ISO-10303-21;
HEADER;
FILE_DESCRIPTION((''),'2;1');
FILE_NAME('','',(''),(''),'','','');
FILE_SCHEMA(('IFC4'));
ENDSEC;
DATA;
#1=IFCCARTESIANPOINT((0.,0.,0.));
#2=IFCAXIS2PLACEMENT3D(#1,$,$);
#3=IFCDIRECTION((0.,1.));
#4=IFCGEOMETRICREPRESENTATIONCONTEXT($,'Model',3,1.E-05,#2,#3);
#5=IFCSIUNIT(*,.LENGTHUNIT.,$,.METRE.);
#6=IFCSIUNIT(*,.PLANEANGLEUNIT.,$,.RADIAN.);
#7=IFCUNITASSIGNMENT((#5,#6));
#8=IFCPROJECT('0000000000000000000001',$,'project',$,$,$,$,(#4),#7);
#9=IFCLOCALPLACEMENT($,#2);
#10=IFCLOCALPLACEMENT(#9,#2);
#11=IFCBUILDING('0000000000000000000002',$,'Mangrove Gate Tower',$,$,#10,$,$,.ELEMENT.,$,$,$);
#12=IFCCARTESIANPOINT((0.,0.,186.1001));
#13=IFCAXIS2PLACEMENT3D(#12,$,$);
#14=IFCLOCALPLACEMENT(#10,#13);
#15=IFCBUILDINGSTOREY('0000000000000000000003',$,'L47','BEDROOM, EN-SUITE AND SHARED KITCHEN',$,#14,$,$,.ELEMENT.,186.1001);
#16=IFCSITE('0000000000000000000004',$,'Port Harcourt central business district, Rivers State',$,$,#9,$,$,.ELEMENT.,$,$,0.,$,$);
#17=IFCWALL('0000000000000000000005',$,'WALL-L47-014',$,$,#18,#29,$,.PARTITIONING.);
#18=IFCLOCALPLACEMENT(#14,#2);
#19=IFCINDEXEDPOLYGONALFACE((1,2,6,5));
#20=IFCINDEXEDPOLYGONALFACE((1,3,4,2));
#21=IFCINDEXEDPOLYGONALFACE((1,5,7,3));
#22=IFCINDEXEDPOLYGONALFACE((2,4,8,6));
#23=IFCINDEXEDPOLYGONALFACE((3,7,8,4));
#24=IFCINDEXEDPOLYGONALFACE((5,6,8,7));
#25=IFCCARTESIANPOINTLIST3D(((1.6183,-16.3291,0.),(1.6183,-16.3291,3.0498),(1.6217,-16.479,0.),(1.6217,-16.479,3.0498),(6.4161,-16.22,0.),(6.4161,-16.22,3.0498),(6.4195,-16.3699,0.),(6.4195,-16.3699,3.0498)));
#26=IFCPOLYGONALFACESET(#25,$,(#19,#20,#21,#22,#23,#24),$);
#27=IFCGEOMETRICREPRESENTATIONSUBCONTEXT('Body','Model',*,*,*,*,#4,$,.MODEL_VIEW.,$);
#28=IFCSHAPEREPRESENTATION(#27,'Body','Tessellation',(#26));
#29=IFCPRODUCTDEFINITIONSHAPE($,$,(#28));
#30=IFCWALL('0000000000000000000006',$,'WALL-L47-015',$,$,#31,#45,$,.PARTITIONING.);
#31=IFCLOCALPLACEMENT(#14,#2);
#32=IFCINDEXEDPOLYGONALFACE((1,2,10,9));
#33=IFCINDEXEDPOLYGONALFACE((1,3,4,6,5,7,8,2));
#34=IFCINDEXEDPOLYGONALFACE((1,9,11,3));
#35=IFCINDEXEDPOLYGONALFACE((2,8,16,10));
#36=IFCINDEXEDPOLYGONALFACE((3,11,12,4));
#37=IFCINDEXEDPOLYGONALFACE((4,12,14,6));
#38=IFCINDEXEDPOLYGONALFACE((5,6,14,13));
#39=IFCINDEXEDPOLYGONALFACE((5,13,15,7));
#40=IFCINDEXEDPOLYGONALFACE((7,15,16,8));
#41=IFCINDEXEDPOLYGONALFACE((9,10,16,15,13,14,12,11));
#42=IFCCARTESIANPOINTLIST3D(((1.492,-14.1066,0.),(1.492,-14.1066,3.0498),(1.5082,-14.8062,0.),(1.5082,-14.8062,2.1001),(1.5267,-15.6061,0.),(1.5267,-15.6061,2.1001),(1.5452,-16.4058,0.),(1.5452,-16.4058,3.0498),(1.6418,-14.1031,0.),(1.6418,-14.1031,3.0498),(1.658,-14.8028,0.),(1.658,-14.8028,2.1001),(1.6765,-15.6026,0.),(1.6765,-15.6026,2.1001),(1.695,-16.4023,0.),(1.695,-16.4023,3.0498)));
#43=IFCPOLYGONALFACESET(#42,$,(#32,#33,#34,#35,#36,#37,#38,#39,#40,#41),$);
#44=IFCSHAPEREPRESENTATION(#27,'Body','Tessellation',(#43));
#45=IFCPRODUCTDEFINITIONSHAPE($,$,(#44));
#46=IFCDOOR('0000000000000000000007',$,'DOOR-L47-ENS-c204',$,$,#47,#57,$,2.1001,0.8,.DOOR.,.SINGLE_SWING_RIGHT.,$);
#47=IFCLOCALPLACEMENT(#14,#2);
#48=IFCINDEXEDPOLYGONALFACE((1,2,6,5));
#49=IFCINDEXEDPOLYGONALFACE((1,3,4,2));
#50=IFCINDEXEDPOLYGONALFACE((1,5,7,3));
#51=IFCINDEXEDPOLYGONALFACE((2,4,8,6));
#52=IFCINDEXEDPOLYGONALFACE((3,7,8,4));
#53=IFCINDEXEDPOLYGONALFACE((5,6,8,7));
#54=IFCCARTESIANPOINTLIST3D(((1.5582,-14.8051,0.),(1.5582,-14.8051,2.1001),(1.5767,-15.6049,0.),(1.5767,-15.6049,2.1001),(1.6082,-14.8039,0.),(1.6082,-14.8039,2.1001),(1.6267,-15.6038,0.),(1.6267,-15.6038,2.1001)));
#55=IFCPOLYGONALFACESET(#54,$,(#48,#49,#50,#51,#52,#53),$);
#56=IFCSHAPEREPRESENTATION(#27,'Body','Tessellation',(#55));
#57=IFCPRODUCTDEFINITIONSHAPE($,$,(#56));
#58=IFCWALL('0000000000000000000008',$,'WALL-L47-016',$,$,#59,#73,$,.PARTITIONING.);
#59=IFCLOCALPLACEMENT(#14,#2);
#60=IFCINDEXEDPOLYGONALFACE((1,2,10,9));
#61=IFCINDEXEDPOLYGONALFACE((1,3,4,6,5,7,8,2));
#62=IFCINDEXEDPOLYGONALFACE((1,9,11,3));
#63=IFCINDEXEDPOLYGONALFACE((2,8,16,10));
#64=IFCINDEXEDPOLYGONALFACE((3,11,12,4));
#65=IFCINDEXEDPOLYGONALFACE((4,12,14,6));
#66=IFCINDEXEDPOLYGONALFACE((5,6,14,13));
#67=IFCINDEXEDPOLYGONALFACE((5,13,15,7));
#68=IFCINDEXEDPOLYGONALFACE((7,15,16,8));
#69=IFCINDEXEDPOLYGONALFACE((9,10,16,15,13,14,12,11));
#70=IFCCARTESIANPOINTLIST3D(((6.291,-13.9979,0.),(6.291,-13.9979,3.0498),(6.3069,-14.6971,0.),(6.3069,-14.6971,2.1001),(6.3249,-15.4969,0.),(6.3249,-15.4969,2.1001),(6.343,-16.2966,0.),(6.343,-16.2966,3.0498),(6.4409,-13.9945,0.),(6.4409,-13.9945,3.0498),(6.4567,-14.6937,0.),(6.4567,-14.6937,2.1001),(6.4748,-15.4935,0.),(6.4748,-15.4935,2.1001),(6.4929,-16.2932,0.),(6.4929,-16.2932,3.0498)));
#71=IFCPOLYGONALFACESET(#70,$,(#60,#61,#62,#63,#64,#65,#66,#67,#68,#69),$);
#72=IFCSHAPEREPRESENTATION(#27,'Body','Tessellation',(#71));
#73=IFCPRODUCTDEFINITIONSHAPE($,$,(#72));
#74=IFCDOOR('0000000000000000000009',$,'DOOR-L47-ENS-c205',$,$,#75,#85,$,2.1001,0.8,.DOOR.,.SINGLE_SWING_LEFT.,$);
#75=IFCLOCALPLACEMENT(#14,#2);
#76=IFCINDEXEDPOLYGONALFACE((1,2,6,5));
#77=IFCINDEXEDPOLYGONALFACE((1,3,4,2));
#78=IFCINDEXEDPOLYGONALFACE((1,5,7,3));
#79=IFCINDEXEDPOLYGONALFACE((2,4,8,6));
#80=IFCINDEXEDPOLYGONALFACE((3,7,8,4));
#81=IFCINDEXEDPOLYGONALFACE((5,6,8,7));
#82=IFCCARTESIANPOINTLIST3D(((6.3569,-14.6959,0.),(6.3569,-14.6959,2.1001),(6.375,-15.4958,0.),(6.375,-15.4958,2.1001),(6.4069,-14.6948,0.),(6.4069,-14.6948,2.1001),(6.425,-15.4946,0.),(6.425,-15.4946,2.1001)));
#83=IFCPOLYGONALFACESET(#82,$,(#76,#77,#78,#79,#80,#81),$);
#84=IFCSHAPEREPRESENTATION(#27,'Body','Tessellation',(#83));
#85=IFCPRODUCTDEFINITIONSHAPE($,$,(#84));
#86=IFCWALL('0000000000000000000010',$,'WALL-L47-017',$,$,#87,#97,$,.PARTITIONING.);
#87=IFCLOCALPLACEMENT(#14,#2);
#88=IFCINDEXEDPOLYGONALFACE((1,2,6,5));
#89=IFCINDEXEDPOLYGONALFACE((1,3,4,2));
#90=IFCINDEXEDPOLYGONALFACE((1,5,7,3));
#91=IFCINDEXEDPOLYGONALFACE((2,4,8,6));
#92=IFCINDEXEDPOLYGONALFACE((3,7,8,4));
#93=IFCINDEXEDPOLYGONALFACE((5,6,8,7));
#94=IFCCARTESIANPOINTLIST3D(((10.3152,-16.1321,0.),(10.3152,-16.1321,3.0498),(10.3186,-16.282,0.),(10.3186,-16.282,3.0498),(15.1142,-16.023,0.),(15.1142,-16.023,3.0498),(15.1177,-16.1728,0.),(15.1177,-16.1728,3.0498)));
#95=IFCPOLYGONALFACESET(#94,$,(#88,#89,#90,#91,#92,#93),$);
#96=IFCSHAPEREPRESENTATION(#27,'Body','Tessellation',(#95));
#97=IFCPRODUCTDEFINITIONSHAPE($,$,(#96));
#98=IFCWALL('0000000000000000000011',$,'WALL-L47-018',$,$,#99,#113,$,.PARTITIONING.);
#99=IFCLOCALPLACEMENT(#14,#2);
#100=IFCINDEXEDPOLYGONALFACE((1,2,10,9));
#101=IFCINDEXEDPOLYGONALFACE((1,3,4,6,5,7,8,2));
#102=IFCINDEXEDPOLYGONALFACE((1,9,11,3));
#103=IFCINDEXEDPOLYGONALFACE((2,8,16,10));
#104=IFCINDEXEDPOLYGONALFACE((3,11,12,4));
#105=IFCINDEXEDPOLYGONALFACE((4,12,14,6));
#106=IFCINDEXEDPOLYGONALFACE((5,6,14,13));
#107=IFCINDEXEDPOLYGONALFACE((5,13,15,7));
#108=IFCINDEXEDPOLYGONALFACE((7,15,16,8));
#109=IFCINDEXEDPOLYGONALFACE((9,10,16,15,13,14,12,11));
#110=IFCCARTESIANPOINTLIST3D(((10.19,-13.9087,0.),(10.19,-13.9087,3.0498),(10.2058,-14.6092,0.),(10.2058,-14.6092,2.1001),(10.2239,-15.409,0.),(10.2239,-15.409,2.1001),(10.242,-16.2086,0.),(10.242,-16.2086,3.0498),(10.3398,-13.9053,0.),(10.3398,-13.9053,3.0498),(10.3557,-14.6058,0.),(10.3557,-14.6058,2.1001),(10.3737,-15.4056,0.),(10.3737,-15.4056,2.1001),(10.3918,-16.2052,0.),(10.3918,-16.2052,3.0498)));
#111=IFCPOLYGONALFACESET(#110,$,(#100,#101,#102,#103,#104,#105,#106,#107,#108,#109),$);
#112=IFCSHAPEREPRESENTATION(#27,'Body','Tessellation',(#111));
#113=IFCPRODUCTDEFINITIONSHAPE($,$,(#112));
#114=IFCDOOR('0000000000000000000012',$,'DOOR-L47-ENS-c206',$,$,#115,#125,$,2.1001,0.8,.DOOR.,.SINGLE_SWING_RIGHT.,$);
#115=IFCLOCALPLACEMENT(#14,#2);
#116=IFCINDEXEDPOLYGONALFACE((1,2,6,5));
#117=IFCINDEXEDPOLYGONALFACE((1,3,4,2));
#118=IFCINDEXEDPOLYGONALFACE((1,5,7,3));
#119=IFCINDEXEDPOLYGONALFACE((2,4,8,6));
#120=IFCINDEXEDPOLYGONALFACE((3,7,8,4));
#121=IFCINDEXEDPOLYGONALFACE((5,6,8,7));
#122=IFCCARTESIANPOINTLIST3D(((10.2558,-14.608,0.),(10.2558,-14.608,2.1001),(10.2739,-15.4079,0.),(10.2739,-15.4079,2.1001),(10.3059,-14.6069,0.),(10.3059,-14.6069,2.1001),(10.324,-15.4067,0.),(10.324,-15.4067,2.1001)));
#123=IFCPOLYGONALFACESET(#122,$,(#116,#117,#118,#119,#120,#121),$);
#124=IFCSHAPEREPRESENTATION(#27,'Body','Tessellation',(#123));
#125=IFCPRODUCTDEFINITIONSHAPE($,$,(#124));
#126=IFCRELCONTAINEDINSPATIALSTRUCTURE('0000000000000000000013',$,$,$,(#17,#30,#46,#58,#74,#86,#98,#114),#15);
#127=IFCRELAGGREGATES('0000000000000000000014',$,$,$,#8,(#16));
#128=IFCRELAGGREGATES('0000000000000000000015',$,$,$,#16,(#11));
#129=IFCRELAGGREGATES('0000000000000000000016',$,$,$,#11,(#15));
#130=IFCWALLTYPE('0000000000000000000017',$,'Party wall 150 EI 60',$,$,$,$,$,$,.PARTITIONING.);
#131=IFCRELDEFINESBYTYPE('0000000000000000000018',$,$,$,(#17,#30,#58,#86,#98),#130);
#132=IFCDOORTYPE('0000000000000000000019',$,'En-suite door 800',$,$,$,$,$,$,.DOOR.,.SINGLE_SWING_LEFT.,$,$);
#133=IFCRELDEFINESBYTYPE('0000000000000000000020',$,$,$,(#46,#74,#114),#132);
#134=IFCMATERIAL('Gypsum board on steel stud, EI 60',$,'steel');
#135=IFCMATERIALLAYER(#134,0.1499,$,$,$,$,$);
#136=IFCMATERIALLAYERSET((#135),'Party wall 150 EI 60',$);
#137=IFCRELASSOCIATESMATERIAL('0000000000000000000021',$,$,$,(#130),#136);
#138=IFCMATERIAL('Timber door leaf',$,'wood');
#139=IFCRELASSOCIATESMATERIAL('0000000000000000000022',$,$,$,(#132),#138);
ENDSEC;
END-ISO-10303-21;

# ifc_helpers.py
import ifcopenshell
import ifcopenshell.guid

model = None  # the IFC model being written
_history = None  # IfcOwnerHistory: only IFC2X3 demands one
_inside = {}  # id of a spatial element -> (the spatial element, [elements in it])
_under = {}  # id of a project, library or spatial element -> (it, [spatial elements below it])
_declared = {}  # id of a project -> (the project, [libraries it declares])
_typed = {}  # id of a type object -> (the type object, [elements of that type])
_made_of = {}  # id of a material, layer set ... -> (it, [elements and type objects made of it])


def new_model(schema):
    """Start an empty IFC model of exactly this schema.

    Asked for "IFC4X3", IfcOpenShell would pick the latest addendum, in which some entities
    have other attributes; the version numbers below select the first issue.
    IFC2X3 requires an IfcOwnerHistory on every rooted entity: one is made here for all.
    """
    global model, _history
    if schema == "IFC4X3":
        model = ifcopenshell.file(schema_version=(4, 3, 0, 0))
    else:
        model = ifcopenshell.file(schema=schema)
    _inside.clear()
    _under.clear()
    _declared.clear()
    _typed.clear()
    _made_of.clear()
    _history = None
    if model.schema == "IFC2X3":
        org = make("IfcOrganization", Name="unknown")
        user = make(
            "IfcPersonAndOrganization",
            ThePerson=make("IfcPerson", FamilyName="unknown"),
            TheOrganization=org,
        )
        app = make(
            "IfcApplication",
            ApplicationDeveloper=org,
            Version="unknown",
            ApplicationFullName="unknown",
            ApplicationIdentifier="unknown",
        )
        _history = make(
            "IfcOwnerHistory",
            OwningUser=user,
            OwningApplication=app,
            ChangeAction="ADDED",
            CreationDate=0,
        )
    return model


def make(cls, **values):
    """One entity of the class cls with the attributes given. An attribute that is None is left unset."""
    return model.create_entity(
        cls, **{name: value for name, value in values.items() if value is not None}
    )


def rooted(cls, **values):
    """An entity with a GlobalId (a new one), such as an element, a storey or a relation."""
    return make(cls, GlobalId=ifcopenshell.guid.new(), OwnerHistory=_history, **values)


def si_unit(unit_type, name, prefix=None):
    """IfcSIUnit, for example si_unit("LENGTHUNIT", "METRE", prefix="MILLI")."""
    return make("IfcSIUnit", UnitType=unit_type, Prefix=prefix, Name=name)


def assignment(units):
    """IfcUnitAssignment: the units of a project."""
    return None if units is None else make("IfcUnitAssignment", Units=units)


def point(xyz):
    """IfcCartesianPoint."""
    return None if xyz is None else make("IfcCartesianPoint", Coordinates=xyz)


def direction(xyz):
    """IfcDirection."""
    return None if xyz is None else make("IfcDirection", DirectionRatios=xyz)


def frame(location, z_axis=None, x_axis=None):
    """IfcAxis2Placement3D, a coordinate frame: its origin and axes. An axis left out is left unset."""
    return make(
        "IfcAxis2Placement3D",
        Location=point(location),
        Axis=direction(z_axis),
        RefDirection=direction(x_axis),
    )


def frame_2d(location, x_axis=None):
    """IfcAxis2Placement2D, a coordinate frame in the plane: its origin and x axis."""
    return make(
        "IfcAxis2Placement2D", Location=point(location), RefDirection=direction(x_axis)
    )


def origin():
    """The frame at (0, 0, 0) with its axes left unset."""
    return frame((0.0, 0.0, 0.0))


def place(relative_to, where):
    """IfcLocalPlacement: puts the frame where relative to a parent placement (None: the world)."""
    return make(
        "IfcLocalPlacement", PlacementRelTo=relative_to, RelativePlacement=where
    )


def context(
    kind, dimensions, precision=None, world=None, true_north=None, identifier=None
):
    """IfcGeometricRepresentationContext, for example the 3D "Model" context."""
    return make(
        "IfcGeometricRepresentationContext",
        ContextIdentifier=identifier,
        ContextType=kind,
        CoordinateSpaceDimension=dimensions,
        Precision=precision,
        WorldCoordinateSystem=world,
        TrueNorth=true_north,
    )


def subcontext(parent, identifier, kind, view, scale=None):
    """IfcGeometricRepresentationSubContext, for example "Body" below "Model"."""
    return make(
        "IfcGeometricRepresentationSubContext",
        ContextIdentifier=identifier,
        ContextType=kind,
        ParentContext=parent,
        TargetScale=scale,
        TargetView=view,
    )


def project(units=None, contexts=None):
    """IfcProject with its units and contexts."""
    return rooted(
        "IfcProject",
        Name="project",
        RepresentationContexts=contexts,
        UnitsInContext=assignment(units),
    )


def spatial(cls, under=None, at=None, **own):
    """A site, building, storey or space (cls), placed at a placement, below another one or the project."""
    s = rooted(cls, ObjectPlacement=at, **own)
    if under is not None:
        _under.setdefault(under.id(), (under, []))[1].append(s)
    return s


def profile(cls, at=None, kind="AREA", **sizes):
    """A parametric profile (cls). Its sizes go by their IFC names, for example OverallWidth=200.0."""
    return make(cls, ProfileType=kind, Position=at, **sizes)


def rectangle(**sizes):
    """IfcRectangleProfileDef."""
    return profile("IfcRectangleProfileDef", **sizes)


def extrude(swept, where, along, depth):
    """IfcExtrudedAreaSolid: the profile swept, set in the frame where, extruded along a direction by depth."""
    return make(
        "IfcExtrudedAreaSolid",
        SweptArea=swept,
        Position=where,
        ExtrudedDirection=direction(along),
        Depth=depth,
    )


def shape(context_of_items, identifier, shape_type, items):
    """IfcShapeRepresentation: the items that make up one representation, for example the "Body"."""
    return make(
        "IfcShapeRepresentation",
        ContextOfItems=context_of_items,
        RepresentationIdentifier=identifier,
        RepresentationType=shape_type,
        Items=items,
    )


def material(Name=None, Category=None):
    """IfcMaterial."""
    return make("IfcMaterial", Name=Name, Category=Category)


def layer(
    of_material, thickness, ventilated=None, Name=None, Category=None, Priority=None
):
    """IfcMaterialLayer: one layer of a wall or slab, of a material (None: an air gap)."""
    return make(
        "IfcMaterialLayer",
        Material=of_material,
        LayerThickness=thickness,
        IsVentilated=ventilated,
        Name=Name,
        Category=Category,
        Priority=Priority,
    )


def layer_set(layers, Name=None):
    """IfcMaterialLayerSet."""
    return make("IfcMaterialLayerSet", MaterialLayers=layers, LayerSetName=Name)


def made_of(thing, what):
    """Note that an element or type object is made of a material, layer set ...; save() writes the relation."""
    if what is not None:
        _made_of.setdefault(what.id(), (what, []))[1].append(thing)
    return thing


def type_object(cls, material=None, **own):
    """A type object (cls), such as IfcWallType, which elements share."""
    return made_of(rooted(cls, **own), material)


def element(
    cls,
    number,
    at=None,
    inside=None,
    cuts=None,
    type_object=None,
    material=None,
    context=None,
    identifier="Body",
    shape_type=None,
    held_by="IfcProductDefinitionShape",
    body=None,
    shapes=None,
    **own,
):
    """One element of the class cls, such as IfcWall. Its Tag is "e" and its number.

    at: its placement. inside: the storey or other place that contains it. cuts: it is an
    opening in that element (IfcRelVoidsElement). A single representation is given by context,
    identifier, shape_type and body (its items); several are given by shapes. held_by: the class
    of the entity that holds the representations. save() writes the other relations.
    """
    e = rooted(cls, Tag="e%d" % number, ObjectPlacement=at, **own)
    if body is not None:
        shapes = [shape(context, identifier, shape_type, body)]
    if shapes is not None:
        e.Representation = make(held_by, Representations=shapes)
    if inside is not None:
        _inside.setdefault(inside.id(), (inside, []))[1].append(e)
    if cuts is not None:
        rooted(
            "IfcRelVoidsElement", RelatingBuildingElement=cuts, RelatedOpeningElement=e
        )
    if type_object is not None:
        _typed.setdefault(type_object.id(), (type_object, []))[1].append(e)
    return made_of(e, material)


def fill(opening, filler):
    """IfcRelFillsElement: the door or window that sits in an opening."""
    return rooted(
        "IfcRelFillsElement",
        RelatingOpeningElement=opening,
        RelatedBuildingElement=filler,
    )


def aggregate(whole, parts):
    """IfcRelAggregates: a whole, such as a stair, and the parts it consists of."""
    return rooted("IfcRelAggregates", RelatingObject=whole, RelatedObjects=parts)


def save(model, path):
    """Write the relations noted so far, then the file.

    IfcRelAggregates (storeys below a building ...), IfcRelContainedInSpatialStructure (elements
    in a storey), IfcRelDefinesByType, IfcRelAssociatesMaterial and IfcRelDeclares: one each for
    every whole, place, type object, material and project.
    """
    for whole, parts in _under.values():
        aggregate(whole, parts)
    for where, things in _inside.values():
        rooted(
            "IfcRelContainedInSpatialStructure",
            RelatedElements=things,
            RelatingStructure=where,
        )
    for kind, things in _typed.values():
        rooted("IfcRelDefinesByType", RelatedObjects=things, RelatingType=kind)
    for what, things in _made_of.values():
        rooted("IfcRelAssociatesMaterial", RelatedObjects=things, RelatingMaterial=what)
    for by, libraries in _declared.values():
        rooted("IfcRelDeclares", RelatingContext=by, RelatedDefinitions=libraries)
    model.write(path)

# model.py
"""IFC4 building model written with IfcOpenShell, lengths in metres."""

from ifc_helpers import new_model, si_unit, direction, frame, frame_2d, origin, place, context, subcontext, project, spatial, rectangle, extrude, material, layer, layer_set, type_object, element, fill, save


model = new_model("IFC4")

# Units and contexts
model_context = context("Model", 3, precision=1e-05, world=origin(), true_north=direction((0.0, 1.0)))
body_context = subcontext(model_context, "Body", "Model", "MODEL_VIEW")
ifc_project = project(units=[si_unit("LENGTHUNIT", "METRE"), si_unit("PLANEANGLEUNIT", "RADIAN")], contexts=[model_context])

# Site, building, storey
site_placement = place(None, origin())
site = spatial("IfcSite", under=ifc_project, at=site_placement, Name="Port Harcourt central business district, Rivers State", CompositionType="ELEMENT", RefElevation=0.0)
building_placement = place(site_placement, origin())
building = spatial("IfcBuilding", under=site, at=building_placement, Name="Mangrove Gate Tower", CompositionType="ELEMENT")
storey_placement = place(building_placement, frame((0.0, 0.0, 186.1001)))
storey = spatial("IfcBuildingStorey", under=building, at=storey_placement, Name="L47", Description="BEDROOM, EN-SUITE AND SHARED KITCHEN", CompositionType="ELEMENT", Elevation=186.1001)

# Wall
ifc_material_1 = material(Name="Gypsum board on steel stud, EI 60", Category="steel")
ifc_layer_1 = layer(ifc_material_1, 0.1499)
ifc_layer_set_1 = layer_set([ifc_layer_1], Name="Party wall 150 EI 60")
wall_type_1 = type_object("IfcWallType", Name="Party wall 150 EI 60", PredefinedType="PARTITIONING", material=ifc_layer_set_1)
wall_1_placement = place(storey_placement, frame((1.6201, -16.4041, 0.0), z_axis=(0.0, 0.0, 1.0), x_axis=(0.999741, 0.02274, 0.0)))
element("IfcWall", 1, at=wall_1_placement, inside=storey, type_object=wall_type_1, Name="WALL-L47-014", PredefinedType="PARTITIONING", context=body_context, shape_type="SweptSolid", body=[
    extrude(rectangle(XDim=4.7991, YDim=0.1499, at=frame_2d((2.3994, 0.0))), origin(), (0.0, 0.0, 1.0), 3.0498),
])

# Walls, openings, doors
wall_2_placement = place(storey_placement, frame((1.6201, -16.4041, 0.0), z_axis=(0.0, 0.0, 1.0), x_axis=(-0.023143, 0.999732, 0.0)))
wall_2 = element("IfcWall", 2, at=wall_2_placement, inside=storey, type_object=wall_type_1, Name="WALL-L47-015", PredefinedType="PARTITIONING", context=body_context, shape_type="SweptSolid", body=[
    extrude(rectangle(XDim=2.2998, YDim=0.1499, at=frame_2d((1.1499, 0.0))), origin(), (0.0, 0.0, 1.0), 3.0498),
])
opening_1_placement = place(wall_2_placement, frame((0.8, 0.0, 0.0)))
opening_1 = element("IfcOpeningElement", 3, at=opening_1_placement, cuts=wall_2, PredefinedType="OPENING", context=body_context, shape_type="SweptSolid", body=[
    extrude(rectangle(XDim=0.8, YDim=2.1001, at=frame_2d((0.3999, 1.05))), frame((0.0, 0.085, 0.0), z_axis=(0.0, -1.0, 0.0), x_axis=(1.0, 0.0, 0.0)), (0.0, 0.0, 1.0), 0.1699),
])
ifc_material_2 = material(Name="Timber door leaf", Category="wood")
door_type_1 = type_object("IfcDoorType", Name="En-suite door 800", OperationType="SINGLE_SWING_LEFT", PredefinedType="DOOR", material=ifc_material_2)
door_1_placement = place(opening_1_placement, origin())
door_1 = element("IfcDoor", 4, at=door_1_placement, inside=storey, type_object=door_type_1, Name="DOOR-L47-ENS-c204", OperationType="SINGLE_SWING_RIGHT", OverallHeight=2.1001, OverallWidth=0.8, PredefinedType="DOOR", context=body_context, shape_type="SweptSolid", body=[
    extrude(rectangle(XDim=0.8, YDim=2.1001, at=frame_2d((0.3999, 1.05))), frame((0.0, 0.0249, 0.0), z_axis=(0.0, -1.0, 0.0), x_axis=(1.0, 0.0, 0.0)), (0.0, 0.0, 1.0), 0.05),
])
fill(opening_1, door_1)
wall_3_placement = place(storey_placement, frame((6.418, -16.2949, 0.0), z_axis=(0.0, 0.0, 1.0), x_axis=(-0.022615, 0.999744, 0.0)))
wall_3 = element("IfcWall", 5, at=wall_3_placement, inside=storey, type_object=wall_type_1, Name="WALL-L47-016", PredefinedType="PARTITIONING", context=body_context, shape_type="SweptSolid", body=[
    extrude(rectangle(XDim=2.2993, YDim=0.1499, at=frame_2d((1.1497, 0.0))), origin(), (0.0, 0.0, 1.0), 3.0498),
])
opening_2_placement = place(wall_3_placement, frame((0.8, 0.0, 0.0)))
opening_2 = element("IfcOpeningElement", 6, at=opening_2_placement, cuts=wall_3, PredefinedType="OPENING", context=body_context, shape_type="SweptSolid", body=[
    extrude(rectangle(XDim=0.8, YDim=2.1001, at=frame_2d((0.3999, 1.05))), frame((0.0, 0.085, 0.0), z_axis=(0.0, -1.0, 0.0), x_axis=(1.0, 0.0, 0.0)), (0.0, 0.0, 1.0), 0.1699),
])
door_2_placement = place(opening_2_placement, origin())
door_2 = element("IfcDoor", 7, at=door_2_placement, inside=storey, type_object=door_type_1, Name="DOOR-L47-ENS-c205", OperationType="SINGLE_SWING_LEFT", OverallHeight=2.1001, OverallWidth=0.8, PredefinedType="DOOR", context=body_context, shape_type="SweptSolid", body=[
    extrude(rectangle(XDim=0.8, YDim=2.1001, at=frame_2d((0.3999, 1.05))), frame((0.0, 0.0249, 0.0), z_axis=(0.0, -1.0, 0.0), x_axis=(1.0, 0.0, 0.0)), (0.0, 0.0, 1.0), 0.05),
])
fill(opening_2, door_2)

# Wall
wall_4_placement = place(storey_placement, frame((10.3169, -16.207, 0.0), z_axis=(0.0, 0.0, 1.0), x_axis=(0.999742, 0.022734, 0.0)))
element("IfcWall", 8, at=wall_4_placement, inside=storey, type_object=wall_type_1, Name="WALL-L47-017", PredefinedType="PARTITIONING", context=body_context, shape_type="SweptSolid", body=[
    extrude(rectangle(XDim=4.8003, YDim=0.1499, at=frame_2d((2.4001, 0.0))), origin(), (0.0, 0.0, 1.0), 3.0498),
])

# Wall, opening, door
wall_5_placement = place(storey_placement, frame((10.3169, -16.207, 0.0), z_axis=(0.0, 0.0, 1.0), x_axis=(-0.022603, 0.999745, 0.0)))
wall_5 = element("IfcWall", 9, at=wall_5_placement, inside=storey, type_object=wall_type_1, Name="WALL-L47-018", PredefinedType="PARTITIONING", context=body_context, shape_type="SweptSolid", body=[
    extrude(rectangle(XDim=2.3005, YDim=0.1499, at=frame_2d((1.1504, 0.0))), origin(), (0.0, 0.0, 1.0), 3.0498),
])
opening_3_placement = place(wall_5_placement, frame((0.8, 0.0, 0.0)))
opening_3 = element("IfcOpeningElement", 10, at=opening_3_placement, cuts=wall_5, PredefinedType="OPENING", context=body_context, shape_type="SweptSolid", body=[
    extrude(rectangle(XDim=0.8, YDim=2.1001, at=frame_2d((0.3999, 1.05))), frame((0.0, 0.085, 0.0), z_axis=(0.0, -1.0, 0.0), x_axis=(1.0, 0.0, 0.0)), (0.0, 0.0, 1.0), 0.1699),
])
door_3_placement = place(opening_3_placement, origin())
door_3 = element("IfcDoor", 11, at=door_3_placement, inside=storey, type_object=door_type_1, Name="DOOR-L47-ENS-c206", OperationType="SINGLE_SWING_RIGHT", OverallHeight=2.1001, OverallWidth=0.8, PredefinedType="DOOR", context=body_context, shape_type="SweptSolid", body=[
    extrude(rectangle(XDim=0.8, YDim=2.1001, at=frame_2d((0.3999, 1.05))), frame((0.0, 0.0249, 0.0), z_axis=(0.0, -1.0, 0.0), x_axis=(1.0, 0.0, 0.0)), (0.0, 0.0, 1.0), 0.05),
])
fill(opening_3, door_3)

save(model, "model.ifc")
